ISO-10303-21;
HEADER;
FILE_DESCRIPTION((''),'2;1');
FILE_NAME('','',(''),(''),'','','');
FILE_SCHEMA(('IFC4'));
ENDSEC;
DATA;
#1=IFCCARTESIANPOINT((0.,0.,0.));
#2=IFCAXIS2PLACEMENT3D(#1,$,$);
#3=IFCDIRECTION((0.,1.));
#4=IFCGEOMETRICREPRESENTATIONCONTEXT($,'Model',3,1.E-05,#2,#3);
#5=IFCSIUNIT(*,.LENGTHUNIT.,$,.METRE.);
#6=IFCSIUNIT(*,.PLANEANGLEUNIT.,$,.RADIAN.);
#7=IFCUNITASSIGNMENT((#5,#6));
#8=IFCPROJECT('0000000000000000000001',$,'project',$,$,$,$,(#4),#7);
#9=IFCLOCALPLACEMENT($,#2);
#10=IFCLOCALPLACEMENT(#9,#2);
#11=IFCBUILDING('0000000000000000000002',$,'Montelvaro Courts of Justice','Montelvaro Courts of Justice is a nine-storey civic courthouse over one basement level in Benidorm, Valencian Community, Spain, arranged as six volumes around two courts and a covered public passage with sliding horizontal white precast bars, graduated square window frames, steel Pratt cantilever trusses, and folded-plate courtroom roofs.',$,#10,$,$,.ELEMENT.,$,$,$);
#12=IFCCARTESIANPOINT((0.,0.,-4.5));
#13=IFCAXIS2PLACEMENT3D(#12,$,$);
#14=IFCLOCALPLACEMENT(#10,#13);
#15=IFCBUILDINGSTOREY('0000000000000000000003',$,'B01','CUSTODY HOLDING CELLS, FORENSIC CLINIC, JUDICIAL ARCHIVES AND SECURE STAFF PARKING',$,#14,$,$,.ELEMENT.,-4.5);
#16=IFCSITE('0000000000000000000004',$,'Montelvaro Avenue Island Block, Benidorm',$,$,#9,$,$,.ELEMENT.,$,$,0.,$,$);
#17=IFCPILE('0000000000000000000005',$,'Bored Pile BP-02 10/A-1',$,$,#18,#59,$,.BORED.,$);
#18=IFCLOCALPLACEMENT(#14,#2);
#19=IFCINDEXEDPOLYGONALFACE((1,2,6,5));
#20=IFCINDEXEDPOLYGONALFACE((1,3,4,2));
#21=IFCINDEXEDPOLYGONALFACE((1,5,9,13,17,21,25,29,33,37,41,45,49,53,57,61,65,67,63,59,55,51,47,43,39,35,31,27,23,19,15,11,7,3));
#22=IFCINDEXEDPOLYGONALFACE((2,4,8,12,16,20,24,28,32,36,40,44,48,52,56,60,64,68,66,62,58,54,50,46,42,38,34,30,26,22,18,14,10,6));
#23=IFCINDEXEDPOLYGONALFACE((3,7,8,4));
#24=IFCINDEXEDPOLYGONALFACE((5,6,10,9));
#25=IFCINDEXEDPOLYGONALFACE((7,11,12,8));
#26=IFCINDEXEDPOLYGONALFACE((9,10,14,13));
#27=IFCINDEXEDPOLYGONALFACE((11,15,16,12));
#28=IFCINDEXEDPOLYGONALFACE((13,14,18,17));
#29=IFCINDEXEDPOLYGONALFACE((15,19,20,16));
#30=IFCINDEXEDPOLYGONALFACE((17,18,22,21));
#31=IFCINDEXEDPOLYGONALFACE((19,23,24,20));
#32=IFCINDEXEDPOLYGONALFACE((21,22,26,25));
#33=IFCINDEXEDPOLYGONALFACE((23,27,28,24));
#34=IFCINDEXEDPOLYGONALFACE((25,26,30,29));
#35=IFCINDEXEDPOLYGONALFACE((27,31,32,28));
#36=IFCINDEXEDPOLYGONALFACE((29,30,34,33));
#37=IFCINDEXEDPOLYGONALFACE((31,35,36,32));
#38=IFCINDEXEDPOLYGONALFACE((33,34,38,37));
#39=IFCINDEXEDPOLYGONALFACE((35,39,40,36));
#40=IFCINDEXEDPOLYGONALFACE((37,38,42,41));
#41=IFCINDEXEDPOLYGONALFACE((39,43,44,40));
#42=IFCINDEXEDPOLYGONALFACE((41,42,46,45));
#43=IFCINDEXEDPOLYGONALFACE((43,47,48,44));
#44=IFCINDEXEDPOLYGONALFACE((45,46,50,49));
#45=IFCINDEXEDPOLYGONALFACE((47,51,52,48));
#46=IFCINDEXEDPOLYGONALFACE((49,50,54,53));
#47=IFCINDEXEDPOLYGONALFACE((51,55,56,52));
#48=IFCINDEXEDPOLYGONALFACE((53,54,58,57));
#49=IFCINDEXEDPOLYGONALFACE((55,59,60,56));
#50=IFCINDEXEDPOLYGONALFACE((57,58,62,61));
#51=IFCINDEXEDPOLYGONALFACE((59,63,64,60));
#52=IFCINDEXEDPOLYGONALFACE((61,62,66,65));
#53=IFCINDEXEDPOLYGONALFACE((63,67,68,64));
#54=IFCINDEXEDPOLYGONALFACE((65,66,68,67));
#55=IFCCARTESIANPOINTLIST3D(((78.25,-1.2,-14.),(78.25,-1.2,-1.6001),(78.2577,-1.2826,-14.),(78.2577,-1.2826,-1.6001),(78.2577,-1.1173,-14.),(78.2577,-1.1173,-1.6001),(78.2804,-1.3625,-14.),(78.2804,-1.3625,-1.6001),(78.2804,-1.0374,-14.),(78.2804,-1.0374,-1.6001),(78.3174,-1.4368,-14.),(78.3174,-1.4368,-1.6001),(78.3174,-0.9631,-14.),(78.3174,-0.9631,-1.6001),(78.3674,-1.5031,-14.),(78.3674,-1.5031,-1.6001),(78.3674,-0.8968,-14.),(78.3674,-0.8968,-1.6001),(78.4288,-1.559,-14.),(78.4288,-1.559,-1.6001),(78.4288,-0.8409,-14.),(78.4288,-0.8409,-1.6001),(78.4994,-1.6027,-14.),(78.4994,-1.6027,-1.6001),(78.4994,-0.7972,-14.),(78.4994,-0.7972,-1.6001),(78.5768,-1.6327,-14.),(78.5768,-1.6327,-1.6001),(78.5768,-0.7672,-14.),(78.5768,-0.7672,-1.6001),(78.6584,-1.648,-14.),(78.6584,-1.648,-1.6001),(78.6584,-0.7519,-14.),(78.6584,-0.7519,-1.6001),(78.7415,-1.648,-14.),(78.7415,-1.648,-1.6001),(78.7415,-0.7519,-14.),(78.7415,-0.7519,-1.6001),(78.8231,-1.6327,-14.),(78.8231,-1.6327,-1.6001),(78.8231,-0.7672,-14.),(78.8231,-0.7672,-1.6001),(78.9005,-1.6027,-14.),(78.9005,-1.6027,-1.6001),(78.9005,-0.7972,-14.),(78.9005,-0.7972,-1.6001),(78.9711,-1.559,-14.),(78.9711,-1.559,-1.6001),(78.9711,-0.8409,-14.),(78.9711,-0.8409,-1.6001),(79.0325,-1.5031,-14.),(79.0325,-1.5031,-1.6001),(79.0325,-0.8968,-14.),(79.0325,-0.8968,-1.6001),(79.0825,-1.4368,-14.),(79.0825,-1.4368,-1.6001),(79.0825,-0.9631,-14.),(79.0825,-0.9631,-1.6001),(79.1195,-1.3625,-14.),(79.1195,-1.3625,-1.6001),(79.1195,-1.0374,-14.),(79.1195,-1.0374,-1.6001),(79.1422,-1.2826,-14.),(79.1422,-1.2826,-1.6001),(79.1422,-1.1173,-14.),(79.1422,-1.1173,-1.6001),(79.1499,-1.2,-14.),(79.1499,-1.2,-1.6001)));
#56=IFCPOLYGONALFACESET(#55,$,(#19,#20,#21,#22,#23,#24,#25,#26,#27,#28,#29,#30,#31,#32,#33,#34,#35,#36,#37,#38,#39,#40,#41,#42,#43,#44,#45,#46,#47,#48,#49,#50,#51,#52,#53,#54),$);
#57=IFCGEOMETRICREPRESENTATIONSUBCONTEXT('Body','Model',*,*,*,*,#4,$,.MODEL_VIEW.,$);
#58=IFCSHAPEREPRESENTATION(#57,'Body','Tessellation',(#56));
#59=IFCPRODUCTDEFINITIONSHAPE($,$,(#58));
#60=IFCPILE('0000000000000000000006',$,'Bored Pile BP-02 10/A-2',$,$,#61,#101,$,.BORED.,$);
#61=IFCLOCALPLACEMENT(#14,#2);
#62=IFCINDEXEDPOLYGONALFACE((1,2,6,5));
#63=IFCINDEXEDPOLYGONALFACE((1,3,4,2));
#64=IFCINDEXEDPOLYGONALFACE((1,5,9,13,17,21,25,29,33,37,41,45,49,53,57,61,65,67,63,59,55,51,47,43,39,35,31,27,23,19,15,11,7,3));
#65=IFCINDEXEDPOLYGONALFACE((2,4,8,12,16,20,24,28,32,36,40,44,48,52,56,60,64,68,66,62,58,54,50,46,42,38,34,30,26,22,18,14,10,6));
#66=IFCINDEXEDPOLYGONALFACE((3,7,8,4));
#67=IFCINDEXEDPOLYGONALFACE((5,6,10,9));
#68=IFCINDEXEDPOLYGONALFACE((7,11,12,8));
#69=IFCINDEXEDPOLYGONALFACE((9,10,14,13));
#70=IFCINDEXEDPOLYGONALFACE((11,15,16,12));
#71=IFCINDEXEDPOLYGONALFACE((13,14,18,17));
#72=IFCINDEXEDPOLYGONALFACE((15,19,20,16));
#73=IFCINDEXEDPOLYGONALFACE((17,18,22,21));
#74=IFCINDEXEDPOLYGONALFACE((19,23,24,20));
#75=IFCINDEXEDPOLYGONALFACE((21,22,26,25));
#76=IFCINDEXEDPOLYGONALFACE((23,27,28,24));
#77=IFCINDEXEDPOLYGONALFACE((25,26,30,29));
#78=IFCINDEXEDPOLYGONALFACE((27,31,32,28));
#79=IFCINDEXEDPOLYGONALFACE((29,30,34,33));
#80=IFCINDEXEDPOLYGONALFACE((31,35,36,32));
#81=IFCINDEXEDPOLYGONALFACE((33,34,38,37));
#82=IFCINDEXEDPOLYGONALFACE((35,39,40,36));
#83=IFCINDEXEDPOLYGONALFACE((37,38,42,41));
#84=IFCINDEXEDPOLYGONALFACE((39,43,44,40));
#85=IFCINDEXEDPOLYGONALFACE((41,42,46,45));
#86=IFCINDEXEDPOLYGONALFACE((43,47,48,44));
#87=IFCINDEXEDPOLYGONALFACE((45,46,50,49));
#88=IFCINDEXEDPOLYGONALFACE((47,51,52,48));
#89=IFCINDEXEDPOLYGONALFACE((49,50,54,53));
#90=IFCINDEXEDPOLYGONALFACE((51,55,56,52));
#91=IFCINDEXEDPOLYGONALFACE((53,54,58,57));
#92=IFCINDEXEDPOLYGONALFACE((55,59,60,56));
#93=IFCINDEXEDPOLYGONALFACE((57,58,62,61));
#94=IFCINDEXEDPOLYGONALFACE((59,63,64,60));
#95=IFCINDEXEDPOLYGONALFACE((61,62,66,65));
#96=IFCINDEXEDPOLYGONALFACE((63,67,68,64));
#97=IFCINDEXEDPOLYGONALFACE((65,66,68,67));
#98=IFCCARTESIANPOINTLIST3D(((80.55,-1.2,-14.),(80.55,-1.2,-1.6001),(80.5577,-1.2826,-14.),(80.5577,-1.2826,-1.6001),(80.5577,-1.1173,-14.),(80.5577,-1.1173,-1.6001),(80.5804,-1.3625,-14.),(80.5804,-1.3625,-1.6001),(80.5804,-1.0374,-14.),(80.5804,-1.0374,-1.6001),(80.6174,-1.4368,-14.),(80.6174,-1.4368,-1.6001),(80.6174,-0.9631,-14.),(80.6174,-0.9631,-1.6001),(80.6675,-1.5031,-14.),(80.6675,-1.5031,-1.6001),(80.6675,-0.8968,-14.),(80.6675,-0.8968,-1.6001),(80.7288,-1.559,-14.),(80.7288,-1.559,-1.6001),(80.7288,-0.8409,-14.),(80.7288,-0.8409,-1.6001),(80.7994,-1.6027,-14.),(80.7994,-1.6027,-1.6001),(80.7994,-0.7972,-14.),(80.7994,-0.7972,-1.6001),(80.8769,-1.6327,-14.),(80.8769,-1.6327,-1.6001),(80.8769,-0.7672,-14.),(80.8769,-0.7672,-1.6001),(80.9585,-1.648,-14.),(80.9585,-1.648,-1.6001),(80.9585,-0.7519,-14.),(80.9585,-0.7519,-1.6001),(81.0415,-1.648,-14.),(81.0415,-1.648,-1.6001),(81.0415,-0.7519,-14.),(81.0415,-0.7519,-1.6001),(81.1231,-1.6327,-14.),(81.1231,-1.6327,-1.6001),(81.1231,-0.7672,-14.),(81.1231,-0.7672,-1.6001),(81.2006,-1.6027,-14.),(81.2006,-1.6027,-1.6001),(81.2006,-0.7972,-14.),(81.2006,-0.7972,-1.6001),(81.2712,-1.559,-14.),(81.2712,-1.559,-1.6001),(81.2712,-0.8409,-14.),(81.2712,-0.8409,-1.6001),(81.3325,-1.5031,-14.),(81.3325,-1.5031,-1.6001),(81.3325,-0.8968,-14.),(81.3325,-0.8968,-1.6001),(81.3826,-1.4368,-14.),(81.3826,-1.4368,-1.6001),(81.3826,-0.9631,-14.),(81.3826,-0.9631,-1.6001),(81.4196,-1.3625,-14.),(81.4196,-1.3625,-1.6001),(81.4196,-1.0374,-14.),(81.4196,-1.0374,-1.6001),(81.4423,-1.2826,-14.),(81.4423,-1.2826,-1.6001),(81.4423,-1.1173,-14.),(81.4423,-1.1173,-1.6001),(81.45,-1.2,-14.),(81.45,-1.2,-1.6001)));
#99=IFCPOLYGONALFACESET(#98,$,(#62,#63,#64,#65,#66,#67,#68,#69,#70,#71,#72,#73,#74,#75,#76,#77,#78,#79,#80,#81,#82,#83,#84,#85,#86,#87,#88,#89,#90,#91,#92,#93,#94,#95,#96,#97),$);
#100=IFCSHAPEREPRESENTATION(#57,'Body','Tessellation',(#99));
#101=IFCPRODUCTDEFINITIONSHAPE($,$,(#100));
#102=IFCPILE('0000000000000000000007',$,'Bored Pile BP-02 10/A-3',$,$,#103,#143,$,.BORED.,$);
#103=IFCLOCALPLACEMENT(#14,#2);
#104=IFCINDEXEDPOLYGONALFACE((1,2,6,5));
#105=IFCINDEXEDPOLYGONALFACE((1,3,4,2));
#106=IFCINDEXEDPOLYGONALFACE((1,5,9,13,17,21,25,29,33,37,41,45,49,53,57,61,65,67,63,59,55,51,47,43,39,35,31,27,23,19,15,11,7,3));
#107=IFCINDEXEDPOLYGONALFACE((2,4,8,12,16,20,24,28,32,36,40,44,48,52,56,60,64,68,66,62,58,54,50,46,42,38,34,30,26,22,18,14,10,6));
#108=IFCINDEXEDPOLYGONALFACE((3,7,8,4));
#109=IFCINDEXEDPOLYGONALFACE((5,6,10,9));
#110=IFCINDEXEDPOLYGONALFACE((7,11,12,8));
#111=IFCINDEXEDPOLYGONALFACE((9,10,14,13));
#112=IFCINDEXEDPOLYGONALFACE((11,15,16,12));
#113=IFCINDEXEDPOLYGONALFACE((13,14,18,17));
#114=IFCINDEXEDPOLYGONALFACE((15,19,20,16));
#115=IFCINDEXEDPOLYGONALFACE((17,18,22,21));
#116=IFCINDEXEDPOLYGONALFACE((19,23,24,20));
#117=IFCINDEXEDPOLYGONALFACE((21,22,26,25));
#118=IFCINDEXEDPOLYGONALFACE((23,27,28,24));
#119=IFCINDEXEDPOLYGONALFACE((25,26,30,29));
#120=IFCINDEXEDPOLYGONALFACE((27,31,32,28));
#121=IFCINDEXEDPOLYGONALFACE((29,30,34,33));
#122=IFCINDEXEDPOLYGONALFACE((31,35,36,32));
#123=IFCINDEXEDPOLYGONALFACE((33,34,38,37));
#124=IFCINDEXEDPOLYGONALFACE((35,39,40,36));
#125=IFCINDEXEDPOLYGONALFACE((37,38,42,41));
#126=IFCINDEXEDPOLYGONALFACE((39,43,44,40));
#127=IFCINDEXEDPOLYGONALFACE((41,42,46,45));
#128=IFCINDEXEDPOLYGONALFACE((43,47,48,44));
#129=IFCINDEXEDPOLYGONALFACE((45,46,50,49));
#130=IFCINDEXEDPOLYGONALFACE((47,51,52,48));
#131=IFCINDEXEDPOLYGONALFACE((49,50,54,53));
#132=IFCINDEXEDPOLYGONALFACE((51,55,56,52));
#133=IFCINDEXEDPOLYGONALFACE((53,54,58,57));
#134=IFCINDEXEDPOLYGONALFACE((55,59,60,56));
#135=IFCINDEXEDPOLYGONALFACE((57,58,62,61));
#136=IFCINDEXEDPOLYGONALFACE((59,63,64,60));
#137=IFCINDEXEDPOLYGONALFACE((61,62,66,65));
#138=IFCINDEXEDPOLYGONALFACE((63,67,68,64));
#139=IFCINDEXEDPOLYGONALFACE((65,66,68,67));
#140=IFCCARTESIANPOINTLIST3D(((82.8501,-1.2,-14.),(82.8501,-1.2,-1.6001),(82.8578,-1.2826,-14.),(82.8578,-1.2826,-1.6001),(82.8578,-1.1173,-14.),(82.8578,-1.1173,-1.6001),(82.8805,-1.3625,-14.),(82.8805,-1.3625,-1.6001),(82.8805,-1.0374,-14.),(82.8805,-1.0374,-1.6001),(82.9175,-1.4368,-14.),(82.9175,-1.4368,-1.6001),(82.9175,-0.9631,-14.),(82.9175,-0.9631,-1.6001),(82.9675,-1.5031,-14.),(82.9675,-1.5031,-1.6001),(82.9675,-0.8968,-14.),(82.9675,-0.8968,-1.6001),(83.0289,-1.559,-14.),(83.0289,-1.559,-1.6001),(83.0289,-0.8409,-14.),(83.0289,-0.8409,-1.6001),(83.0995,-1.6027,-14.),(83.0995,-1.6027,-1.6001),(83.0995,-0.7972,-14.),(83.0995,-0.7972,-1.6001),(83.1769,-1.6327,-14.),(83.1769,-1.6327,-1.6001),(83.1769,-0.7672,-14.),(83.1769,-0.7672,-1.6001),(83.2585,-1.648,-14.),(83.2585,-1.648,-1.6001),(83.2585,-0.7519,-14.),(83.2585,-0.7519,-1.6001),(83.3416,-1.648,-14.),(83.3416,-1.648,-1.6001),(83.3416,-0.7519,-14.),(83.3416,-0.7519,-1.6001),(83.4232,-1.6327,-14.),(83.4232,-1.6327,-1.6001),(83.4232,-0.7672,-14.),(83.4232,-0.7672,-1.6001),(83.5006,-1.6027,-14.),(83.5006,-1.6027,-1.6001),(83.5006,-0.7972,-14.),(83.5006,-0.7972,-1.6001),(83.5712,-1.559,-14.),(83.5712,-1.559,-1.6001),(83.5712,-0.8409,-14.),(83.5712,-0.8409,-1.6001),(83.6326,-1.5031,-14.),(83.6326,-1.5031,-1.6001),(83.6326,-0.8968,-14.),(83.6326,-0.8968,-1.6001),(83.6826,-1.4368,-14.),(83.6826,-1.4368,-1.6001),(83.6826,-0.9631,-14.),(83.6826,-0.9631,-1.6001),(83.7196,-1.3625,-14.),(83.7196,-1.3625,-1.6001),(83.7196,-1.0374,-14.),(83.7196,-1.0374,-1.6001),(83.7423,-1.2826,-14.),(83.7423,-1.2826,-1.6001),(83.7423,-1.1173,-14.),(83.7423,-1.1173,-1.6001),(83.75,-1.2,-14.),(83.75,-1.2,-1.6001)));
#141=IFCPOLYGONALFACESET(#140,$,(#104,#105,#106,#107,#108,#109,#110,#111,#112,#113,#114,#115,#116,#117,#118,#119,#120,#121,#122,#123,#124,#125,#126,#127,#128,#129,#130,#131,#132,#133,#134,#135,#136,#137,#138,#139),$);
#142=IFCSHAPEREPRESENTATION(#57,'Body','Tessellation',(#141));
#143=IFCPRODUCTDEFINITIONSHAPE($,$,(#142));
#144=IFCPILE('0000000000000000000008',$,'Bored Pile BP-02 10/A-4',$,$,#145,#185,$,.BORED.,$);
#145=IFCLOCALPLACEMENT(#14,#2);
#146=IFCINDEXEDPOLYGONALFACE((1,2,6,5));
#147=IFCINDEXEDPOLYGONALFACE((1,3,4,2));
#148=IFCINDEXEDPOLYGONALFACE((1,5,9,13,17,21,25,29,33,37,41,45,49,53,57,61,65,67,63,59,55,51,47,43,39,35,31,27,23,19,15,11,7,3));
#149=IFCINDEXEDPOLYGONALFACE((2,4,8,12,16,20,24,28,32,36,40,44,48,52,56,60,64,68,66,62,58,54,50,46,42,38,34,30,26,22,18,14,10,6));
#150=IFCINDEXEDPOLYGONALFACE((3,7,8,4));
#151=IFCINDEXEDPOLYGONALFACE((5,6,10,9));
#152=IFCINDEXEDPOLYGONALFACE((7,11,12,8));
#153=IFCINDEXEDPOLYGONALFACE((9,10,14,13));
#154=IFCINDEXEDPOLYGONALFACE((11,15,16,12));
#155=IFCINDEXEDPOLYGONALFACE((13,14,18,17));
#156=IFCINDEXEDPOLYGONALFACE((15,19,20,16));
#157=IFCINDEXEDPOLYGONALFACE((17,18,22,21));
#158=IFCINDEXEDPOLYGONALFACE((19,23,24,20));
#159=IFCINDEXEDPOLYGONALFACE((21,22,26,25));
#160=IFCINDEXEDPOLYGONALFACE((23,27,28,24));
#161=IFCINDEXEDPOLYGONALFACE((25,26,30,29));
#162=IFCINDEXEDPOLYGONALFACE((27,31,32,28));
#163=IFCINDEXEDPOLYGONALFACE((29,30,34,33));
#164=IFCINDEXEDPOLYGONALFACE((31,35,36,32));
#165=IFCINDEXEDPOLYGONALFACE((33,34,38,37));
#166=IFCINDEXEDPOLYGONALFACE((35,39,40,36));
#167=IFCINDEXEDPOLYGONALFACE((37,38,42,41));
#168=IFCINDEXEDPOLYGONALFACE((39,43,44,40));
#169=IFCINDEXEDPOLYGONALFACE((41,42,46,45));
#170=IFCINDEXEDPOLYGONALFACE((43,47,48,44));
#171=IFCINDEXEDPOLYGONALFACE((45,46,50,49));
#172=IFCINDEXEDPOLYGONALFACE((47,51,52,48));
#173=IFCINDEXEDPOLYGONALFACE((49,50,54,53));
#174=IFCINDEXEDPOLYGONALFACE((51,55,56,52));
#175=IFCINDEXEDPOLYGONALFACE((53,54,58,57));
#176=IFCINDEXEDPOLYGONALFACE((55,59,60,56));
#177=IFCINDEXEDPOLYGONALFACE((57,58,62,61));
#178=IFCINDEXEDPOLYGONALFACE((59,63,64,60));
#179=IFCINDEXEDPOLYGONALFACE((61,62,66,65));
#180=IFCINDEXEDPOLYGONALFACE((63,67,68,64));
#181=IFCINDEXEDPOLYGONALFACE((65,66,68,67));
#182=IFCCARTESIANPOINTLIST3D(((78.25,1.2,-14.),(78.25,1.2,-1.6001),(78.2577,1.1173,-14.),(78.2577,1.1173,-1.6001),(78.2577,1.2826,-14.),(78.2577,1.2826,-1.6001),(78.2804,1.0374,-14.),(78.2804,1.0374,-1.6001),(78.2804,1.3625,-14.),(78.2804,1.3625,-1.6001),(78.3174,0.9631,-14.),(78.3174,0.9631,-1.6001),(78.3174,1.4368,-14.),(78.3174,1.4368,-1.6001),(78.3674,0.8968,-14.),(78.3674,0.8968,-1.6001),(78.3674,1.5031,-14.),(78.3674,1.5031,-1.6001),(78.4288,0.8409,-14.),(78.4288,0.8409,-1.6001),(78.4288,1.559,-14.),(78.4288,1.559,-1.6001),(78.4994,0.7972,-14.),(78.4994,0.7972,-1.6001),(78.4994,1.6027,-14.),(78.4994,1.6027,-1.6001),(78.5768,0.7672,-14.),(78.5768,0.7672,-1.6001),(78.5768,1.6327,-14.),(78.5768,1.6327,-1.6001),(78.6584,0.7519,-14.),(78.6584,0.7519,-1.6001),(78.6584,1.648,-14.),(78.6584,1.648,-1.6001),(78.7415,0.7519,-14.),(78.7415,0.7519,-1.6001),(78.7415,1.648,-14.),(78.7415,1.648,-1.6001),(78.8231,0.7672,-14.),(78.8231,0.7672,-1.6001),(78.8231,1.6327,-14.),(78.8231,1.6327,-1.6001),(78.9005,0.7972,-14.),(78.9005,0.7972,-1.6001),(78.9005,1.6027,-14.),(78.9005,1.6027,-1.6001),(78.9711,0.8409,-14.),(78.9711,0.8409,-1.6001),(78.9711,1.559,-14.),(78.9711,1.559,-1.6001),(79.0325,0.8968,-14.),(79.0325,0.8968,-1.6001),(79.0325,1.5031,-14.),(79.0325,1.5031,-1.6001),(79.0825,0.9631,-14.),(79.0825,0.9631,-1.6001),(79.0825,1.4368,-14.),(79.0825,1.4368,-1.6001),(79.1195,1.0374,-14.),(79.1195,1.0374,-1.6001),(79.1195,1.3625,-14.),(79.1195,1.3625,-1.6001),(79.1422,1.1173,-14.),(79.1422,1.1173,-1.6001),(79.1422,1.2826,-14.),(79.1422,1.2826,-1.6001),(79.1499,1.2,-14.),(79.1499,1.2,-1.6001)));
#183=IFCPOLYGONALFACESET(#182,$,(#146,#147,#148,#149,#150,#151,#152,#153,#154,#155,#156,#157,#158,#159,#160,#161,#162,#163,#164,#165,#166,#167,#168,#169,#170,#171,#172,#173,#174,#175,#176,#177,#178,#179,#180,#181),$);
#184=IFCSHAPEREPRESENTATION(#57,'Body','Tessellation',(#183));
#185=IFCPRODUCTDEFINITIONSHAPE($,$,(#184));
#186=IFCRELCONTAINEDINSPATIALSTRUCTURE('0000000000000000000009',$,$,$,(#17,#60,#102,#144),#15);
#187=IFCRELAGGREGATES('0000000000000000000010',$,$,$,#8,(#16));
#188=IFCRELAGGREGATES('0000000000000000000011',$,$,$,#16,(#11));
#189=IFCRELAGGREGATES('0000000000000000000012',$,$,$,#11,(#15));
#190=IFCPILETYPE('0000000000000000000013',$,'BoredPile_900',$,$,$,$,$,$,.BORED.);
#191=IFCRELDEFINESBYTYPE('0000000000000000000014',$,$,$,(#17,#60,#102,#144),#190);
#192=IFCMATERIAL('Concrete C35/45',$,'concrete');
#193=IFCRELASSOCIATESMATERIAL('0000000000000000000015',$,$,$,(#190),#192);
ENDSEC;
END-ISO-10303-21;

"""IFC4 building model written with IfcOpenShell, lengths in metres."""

from ifc_helpers import new_model, si_unit, direction, frame, origin, origin_2d, place, context, subcontext, project, spatial, circle, extrude, material, material_profile, profile_set, type_object, element, save


model = new_model("IFC4")

# Units and contexts
model_context = context("Model", 3, precision=1e-05, world=origin(), true_north=direction((0.0, 1.0)))
body_context = subcontext(model_context, "Body", "Model", "MODEL_VIEW")
ifc_project = project(units=[si_unit("LENGTHUNIT", "METRE"), si_unit("PLANEANGLEUNIT", "RADIAN")], contexts=[model_context])

# Site, building, storey
site_placement = place(None, origin())
site = spatial("IfcSite", under=ifc_project, at=site_placement, Name="Montelvaro Avenue Island Block, Benidorm", CompositionType="ELEMENT", RefElevation=0.0)
building_placement = place(site_placement, origin())
building = spatial("IfcBuilding", under=site, at=building_placement, Name="Montelvaro Courts of Justice", Description="Montelvaro Courts of Justice is a nine-storey civic courthouse over one basement level in Benidorm, Valencian Community, Spain, arranged as six volumes around two courts and a covered public passage with sliding horizontal white precast bars, graduated square window frames, steel Pratt cantilever trusses, and folded-plate courtroom roofs.", CompositionType="ELEMENT")
storey_placement = place(building_placement, frame((0.0, 0.0, -4.5)))
storey = spatial("IfcBuildingStorey", under=building, at=storey_placement, Name="B01", Description="CUSTODY HOLDING CELLS, FORENSIC CLINIC, JUDICIAL ARCHIVES AND SECURE STAFF PARKING", CompositionType="ELEMENT", Elevation=-4.5)

# Piles
ifc_material_1 = material(Name="Concrete C35/45", Category="concrete")
ifc_material_profile_1 = material_profile(ifc_material_1, circle(Radius=0.45, at=origin_2d()), Name="BORED PILE D900")
ifc_profile_set_1 = profile_set([ifc_material_profile_1], Name="Concrete C35/45")
pile_type_1 = type_object("IfcPileType", Name="BoredPile_900", PredefinedType="BORED", material=ifc_profile_set_1)
for number, where, z_axis, x_axis, name in (
    (1, (78.7, -1.2, -1.6001), (0.0, 0.0, -1.0), (1.0, 0.0, 0.0), "Bored Pile BP-02 10/A-1"),
    (2, (81.0, -1.2, -1.6001), (0.0, 0.0, -1.0), (1.0, 0.0, 0.0), "Bored Pile BP-02 10/A-2"),
    (3, (83.3, -1.2, -1.6001), (0.0, 0.0, -1.0), (1.0, 0.0, 0.0), "Bored Pile BP-02 10/A-3"),
    (4, (78.7, 1.2, -1.6001), (0.0, 0.0, -1.0), (1.0, 0.0, 0.0), "Bored Pile BP-02 10/A-4"),
):
    element("IfcPile", number, at=place(storey_placement, frame(where, z_axis=z_axis, x_axis=x_axis)), inside=storey, type_object=pile_type_1, Name=name, PredefinedType="BORED", context=body_context, shape_type="SweptSolid", body=[
        extrude(circle(Radius=0.45, at=origin_2d()), origin(), (0.0, 0.0, 1.0), 12.3999),
    ])

save(model, "model.ifc")
